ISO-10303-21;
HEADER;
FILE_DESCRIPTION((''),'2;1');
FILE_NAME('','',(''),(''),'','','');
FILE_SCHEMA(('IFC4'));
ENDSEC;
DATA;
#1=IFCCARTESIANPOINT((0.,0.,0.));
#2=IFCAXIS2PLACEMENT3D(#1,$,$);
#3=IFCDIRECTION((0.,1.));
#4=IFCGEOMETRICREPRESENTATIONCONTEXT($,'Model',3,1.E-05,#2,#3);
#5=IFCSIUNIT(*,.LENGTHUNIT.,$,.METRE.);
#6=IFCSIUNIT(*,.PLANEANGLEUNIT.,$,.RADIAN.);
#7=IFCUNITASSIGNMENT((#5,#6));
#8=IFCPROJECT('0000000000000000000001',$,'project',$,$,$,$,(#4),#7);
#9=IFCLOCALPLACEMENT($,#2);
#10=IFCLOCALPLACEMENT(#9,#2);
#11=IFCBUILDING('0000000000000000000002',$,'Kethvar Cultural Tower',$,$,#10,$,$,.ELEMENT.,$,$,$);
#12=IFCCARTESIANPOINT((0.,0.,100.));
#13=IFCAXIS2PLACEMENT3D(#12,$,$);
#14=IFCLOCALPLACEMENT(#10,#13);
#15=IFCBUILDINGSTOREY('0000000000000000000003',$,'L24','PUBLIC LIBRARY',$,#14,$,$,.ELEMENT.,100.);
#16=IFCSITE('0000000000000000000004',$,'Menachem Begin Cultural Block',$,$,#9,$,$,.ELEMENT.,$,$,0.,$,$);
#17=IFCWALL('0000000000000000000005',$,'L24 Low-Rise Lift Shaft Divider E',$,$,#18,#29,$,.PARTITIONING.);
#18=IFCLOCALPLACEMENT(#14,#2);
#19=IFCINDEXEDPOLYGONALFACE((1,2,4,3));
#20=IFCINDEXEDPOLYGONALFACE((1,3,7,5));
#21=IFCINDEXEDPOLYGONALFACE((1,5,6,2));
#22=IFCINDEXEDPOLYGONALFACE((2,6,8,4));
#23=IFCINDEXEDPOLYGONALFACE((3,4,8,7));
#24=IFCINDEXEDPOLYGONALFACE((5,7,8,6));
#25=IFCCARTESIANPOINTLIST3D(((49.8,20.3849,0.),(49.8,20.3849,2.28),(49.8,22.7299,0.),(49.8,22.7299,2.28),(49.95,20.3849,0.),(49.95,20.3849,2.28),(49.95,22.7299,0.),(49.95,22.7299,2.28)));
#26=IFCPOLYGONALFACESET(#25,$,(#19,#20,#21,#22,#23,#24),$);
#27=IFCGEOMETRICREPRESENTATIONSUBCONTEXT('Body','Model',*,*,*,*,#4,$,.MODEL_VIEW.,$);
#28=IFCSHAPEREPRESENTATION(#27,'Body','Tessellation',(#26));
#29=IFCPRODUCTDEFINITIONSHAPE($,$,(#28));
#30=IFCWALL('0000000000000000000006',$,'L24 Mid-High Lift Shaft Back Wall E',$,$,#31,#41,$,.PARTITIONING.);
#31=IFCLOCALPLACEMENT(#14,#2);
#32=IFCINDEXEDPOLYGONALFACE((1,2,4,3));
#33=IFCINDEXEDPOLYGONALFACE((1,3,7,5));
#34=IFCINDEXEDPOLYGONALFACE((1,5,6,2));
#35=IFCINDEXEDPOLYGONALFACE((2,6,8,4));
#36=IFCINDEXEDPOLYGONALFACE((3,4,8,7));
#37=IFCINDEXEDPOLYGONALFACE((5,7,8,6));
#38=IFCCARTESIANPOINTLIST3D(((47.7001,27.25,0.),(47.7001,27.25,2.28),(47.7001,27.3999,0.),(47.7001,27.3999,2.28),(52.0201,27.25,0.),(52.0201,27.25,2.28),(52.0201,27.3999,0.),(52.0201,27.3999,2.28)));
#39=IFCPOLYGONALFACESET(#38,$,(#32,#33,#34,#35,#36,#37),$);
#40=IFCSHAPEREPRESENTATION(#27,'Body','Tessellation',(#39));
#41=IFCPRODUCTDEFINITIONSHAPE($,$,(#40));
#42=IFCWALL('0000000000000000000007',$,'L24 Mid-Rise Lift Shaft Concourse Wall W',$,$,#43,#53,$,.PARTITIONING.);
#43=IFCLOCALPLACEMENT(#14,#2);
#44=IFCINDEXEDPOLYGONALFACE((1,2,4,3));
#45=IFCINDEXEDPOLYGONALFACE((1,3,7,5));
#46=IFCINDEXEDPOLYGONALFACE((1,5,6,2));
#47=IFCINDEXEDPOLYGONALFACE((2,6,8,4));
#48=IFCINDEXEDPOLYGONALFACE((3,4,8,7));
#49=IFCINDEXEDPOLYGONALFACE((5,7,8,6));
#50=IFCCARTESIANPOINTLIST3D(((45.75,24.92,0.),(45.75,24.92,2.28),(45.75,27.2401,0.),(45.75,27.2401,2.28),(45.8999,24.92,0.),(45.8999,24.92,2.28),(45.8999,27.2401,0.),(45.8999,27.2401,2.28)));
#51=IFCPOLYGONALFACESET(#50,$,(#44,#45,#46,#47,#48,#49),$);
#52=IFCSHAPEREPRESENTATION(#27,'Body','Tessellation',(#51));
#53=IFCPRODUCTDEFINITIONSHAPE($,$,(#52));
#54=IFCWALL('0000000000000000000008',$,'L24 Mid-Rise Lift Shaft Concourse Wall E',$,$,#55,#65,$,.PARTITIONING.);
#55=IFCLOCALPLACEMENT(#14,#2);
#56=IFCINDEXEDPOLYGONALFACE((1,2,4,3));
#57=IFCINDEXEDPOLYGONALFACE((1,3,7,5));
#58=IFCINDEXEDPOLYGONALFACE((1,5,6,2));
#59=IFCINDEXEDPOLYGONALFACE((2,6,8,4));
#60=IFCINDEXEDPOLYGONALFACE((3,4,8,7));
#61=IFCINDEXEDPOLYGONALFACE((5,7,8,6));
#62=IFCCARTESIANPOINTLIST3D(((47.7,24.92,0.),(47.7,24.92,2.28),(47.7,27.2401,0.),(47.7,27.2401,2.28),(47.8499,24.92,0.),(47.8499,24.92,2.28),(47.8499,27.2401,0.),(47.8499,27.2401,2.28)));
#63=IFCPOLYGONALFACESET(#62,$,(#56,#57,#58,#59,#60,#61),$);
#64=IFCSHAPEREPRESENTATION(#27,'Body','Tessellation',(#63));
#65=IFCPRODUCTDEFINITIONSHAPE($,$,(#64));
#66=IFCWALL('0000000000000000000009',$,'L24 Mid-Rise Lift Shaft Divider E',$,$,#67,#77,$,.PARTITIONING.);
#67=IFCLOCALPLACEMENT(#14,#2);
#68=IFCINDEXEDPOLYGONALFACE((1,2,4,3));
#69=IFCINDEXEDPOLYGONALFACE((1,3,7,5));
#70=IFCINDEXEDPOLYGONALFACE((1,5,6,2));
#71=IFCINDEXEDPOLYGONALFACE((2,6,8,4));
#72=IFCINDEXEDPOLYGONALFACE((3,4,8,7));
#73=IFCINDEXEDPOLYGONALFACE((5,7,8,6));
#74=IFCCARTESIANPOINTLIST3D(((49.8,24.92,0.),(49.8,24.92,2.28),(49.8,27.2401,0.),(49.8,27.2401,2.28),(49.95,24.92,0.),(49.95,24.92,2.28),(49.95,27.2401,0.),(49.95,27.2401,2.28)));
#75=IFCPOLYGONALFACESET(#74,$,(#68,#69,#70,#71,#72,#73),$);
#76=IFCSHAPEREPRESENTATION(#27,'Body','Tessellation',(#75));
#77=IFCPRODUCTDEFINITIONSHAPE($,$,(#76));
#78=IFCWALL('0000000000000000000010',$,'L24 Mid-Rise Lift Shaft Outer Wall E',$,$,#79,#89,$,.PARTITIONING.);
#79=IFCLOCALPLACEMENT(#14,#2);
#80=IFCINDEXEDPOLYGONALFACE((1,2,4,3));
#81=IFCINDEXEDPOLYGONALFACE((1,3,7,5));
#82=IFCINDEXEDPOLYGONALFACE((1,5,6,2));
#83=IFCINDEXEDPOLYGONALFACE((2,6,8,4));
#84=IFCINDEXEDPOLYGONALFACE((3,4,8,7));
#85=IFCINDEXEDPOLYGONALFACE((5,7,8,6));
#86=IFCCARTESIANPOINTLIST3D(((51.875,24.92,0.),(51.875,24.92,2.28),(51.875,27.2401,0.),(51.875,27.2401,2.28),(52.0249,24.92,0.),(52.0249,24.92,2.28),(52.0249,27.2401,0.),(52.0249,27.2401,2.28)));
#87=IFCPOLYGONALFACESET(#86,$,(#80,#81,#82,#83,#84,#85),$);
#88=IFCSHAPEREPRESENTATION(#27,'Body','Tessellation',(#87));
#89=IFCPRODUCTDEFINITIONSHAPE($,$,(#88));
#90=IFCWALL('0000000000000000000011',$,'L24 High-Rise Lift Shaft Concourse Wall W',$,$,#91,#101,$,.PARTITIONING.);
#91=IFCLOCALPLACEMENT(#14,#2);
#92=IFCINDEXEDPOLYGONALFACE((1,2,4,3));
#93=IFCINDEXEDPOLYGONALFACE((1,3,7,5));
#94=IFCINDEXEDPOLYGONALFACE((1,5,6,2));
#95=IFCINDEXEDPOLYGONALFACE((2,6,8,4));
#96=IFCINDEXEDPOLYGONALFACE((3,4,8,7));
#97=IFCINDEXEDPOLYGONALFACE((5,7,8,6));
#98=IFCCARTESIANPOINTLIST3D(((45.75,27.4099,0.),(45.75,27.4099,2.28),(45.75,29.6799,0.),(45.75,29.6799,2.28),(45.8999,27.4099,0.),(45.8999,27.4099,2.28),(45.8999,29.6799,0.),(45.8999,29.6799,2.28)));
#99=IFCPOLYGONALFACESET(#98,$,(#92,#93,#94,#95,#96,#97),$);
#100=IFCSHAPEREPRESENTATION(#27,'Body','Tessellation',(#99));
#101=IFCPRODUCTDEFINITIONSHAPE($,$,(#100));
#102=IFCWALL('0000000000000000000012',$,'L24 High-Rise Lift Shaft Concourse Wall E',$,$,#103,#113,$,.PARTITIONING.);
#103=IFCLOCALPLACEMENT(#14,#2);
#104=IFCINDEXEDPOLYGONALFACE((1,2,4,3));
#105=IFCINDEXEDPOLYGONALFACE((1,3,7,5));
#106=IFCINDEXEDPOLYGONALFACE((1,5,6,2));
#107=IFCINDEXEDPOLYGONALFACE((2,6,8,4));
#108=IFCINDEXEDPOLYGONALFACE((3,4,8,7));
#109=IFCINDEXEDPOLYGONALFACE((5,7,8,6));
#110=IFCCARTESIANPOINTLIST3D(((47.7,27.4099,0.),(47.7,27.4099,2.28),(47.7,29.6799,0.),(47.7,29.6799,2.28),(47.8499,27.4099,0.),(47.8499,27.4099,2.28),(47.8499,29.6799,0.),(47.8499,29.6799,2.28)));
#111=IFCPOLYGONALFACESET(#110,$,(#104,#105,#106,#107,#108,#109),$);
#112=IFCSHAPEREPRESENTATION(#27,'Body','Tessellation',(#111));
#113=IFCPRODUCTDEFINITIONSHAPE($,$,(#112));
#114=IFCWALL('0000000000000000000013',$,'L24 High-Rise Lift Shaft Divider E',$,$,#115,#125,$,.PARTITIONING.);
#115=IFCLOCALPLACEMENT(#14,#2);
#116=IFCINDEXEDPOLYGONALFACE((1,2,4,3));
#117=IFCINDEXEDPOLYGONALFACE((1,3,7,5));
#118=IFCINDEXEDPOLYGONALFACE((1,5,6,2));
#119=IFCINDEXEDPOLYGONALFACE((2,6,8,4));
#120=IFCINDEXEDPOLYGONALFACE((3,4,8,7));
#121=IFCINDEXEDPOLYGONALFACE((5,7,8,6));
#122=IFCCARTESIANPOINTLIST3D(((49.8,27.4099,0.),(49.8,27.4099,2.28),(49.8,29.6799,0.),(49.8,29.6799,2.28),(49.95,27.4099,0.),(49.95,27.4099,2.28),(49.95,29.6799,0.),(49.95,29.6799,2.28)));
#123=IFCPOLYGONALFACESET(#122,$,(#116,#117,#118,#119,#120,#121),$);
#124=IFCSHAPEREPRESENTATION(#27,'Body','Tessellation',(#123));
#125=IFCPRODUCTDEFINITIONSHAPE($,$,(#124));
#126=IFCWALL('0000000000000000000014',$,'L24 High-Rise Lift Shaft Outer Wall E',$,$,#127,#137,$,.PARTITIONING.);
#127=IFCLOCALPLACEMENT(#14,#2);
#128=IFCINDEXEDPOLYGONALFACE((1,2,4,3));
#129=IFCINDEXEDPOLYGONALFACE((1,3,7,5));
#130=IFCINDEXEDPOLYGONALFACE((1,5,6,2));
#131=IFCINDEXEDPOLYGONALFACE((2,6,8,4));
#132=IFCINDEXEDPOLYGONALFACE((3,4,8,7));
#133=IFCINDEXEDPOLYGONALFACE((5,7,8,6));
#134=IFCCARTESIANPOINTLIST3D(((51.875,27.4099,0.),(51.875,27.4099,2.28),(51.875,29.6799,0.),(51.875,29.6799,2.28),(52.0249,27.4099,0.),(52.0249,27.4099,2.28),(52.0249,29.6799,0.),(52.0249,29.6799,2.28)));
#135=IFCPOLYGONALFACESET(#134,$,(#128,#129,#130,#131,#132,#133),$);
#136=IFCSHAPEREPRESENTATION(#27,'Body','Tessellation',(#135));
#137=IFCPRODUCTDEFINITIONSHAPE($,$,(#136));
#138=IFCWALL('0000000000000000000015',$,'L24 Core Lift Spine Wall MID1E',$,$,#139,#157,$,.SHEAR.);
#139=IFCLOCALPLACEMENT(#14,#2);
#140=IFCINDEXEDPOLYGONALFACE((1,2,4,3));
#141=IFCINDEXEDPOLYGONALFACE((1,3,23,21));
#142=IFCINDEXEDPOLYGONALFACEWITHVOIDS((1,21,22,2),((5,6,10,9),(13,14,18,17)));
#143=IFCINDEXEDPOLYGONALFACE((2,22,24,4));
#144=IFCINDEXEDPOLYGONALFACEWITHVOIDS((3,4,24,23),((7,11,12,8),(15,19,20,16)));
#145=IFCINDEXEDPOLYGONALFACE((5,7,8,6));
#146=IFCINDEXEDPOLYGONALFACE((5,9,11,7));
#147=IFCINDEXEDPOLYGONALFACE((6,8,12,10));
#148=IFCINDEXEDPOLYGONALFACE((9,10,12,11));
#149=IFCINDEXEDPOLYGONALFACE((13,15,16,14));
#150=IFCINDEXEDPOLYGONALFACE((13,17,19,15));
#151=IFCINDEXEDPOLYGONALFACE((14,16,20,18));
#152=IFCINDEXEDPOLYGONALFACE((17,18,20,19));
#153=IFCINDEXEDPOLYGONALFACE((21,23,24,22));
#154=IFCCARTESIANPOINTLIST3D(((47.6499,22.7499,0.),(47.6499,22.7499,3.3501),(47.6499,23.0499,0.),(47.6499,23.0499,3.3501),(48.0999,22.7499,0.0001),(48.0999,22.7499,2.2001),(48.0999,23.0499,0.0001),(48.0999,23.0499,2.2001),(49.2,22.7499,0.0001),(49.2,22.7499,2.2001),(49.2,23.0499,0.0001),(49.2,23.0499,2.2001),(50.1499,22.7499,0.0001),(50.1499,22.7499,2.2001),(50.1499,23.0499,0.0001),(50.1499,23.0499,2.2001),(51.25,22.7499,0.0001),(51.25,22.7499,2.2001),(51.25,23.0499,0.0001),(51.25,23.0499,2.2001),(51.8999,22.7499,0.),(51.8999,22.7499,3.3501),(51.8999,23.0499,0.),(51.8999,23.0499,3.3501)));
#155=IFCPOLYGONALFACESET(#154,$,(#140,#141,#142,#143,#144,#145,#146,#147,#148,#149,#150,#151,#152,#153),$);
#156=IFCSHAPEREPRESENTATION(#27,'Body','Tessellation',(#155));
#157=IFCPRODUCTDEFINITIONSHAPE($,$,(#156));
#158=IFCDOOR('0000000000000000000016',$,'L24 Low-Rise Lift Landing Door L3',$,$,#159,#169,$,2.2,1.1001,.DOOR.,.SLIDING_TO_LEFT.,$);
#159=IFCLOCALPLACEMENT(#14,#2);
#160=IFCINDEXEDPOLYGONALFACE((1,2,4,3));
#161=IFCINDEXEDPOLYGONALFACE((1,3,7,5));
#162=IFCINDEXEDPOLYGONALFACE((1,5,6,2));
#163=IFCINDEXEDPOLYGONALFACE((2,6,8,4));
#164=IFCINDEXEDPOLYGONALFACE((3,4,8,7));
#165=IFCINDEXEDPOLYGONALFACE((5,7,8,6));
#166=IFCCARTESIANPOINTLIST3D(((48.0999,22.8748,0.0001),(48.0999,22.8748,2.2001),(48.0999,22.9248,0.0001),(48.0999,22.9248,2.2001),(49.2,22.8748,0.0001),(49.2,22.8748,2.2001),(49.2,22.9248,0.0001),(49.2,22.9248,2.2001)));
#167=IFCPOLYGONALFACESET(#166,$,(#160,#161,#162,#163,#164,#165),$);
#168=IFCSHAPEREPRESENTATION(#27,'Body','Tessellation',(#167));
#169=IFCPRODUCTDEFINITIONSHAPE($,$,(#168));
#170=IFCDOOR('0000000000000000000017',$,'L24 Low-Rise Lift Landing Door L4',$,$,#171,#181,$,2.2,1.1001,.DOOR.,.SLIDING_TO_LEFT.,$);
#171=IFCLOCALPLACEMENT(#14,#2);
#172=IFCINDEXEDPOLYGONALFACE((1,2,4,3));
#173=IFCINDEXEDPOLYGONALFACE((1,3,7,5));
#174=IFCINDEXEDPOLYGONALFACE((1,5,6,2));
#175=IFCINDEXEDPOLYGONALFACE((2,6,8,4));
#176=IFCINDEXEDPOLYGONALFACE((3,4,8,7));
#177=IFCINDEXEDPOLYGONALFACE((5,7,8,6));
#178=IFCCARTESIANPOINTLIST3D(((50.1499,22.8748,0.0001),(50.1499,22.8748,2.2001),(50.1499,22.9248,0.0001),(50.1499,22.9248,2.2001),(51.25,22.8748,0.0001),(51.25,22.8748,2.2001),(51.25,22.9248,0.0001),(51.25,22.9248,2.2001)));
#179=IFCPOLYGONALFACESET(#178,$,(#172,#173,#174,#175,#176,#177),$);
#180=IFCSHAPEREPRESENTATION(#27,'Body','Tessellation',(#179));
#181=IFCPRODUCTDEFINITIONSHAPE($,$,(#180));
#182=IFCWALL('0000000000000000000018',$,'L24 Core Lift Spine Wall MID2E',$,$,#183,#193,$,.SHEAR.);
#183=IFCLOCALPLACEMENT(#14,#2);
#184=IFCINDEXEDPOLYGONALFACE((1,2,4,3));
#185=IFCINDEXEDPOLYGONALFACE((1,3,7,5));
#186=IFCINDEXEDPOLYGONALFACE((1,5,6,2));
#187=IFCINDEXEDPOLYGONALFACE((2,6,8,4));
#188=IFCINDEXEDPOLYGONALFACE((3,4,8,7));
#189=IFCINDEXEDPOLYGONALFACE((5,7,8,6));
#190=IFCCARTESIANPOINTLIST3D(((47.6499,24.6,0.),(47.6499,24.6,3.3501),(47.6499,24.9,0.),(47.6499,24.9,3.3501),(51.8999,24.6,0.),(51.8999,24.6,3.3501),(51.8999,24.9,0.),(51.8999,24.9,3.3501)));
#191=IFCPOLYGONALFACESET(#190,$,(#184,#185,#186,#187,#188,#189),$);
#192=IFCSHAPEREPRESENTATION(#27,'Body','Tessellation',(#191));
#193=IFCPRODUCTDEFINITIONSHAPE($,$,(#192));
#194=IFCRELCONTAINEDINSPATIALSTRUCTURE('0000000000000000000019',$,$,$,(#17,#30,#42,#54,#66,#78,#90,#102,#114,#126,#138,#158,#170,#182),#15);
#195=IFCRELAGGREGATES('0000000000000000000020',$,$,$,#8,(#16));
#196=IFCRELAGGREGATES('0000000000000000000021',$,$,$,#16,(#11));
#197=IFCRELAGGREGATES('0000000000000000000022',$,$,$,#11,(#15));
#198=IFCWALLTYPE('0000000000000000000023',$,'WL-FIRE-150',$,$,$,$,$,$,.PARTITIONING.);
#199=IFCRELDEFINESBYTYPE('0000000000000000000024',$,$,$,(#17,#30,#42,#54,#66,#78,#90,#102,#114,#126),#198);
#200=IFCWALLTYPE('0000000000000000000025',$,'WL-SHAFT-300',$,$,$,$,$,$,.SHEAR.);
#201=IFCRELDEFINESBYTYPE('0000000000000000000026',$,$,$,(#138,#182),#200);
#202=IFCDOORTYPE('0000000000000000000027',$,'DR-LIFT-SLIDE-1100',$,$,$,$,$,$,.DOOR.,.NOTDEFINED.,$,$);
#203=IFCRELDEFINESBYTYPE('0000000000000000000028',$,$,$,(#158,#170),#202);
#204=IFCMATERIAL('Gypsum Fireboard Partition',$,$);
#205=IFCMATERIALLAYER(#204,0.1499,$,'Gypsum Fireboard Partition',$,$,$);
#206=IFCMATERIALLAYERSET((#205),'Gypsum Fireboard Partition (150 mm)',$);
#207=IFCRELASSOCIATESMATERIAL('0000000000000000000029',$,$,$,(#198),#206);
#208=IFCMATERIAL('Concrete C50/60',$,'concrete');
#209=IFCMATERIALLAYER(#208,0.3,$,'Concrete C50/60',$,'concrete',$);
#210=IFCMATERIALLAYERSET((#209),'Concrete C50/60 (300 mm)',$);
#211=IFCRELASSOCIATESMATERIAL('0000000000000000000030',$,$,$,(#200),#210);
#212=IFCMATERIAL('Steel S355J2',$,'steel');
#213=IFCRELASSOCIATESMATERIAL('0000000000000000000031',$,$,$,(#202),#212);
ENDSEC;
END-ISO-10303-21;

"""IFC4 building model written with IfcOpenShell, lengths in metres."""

from ifc_helpers import new_model, si_unit, direction, frame, frame_2d, origin, place, context, subcontext, project, spatial, rectangle, extrude, source, transform, mapped, material, layer, layer_set, type_object, element, fill, save


model = new_model("IFC4")

# Units and contexts
model_context = context("Model", 3, precision=1e-05, world=origin(), true_north=direction((0.0, 1.0)))
body_context = subcontext(model_context, "Body", "Model", "MODEL_VIEW")
ifc_project = project(units=[si_unit("LENGTHUNIT", "METRE"), si_unit("PLANEANGLEUNIT", "RADIAN")], contexts=[model_context])

# Site, building, storey
site_placement = place(None, origin())
site = spatial("IfcSite", under=ifc_project, at=site_placement, Name="Menachem Begin Cultural Block", CompositionType="ELEMENT", RefElevation=0.0)
building_placement = place(site_placement, origin())
building = spatial("IfcBuilding", under=site, at=building_placement, Name="Kethvar Cultural Tower", CompositionType="ELEMENT")
storey_placement = place(building_placement, frame((0.0, 0.0, 100.0)))
storey = spatial("IfcBuildingStorey", under=building, at=storey_placement, Name="L24", Description="PUBLIC LIBRARY", CompositionType="ELEMENT", Elevation=100.0)

# Shared definitions
ifc_material_1 = material(Name="Steel S355J2", Category="steel")

# Walls
ifc_material_2 = material(Name="Gypsum Fireboard Partition")
ifc_layer_1 = layer(ifc_material_2, 0.1499, Name="Gypsum Fireboard Partition")
ifc_layer_set_1 = layer_set([ifc_layer_1], Name="Gypsum Fireboard Partition (150 mm)")
wall_type_1 = type_object("IfcWallType", Name="WL-FIRE-150", PredefinedType="PARTITIONING", material=ifc_layer_set_1)
wall_1_placement = place(storey_placement, frame((49.875, 20.385, 0.0), z_axis=(0.0, 0.0, 1.0), x_axis=(0.0, 1.0, 0.0)))
element("IfcWall", 1, at=wall_1_placement, inside=storey, type_object=wall_type_1, Name="L24 Low-Rise Lift Shaft Divider E", PredefinedType="PARTITIONING", context=body_context, shape_type="SweptSolid", body=[
    extrude(rectangle(XDim=2.345, YDim=0.1499, at=frame_2d((1.1724, 0.0))), origin(), (0.0, 0.0, 1.0), 2.28),
])
wall_2_placement = place(storey_placement, frame((47.7, 27.325, 0.0), z_axis=(0.0, 0.0, 1.0), x_axis=(1.0, 0.0, 0.0)))
element("IfcWall", 2, at=wall_2_placement, inside=storey, type_object=wall_type_1, Name="L24 Mid-High Lift Shaft Back Wall E", PredefinedType="PARTITIONING", context=body_context, shape_type="SweptSolid", body=[
    extrude(rectangle(XDim=4.3201, YDim=0.1499, at=frame_2d((2.1602, 0.0))), origin(), (0.0, 0.0, 1.0), 2.28),
])
for number, where, z_axis, x_axis, name in (
    (3, (45.825, 24.9199, 0.0), (0.0, 0.0, 1.0), (0.0, 1.0, 0.0), "L24 Mid-Rise Lift Shaft Concourse Wall W"),
    (4, (47.7749, 24.9199, 0.0), (0.0, 0.0, 1.0), (0.0, 1.0, 0.0), "L24 Mid-Rise Lift Shaft Concourse Wall E"),
    (5, (49.875, 24.9199, 0.0), (0.0, 0.0, 1.0), (0.0, 1.0, 0.0), "L24 Mid-Rise Lift Shaft Divider E"),
    (6, (51.95, 24.9199, 0.0), (0.0, 0.0, 1.0), (0.0, 1.0, 0.0), "L24 Mid-Rise Lift Shaft Outer Wall E"),
):
    element("IfcWall", number, at=place(storey_placement, frame(where, z_axis=z_axis, x_axis=x_axis)), inside=storey, type_object=wall_type_1, Name=name, PredefinedType="PARTITIONING", context=body_context, shape_type="SweptSolid", body=[
        extrude(rectangle(XDim=2.3201, YDim=0.1499, at=frame_2d((1.1602, 0.0))), origin(), (0.0, 0.0, 1.0), 2.28),
    ])
for number, where, z_axis, x_axis, name in (
    (7, (45.825, 27.4099, 0.0), (0.0, 0.0, 1.0), (0.0, 1.0, 0.0), "L24 High-Rise Lift Shaft Concourse Wall W"),
    (8, (47.7749, 27.4099, 0.0), (0.0, 0.0, 1.0), (0.0, 1.0, 0.0), "L24 High-Rise Lift Shaft Concourse Wall E"),
    (9, (49.875, 27.4099, 0.0), (0.0, 0.0, 1.0), (0.0, 1.0, 0.0), "L24 High-Rise Lift Shaft Divider E"),
    (10, (51.95, 27.4099, 0.0), (0.0, 0.0, 1.0), (0.0, 1.0, 0.0), "L24 High-Rise Lift Shaft Outer Wall E"),
):
    element("IfcWall", number, at=place(storey_placement, frame(where, z_axis=z_axis, x_axis=x_axis)), inside=storey, type_object=wall_type_1, Name=name, PredefinedType="PARTITIONING", context=body_context, shape_type="SweptSolid", body=[
        extrude(rectangle(XDim=2.27, YDim=0.1499, at=frame_2d((1.135, 0.0))), origin(), (0.0, 0.0, 1.0), 2.28),
    ])

# Wall, openings, doors
ifc_material_3 = material(Name="Concrete C50/60", Category="concrete")
ifc_layer_2 = layer(ifc_material_3, 0.3, Name="Concrete C50/60", Category="concrete")
ifc_layer_set_2 = layer_set([ifc_layer_2], Name="Concrete C50/60 (300 mm)")
wall_type_2 = type_object("IfcWallType", Name="WL-SHAFT-300", PredefinedType="SHEAR", material=ifc_layer_set_2)
wall_3_placement = place(storey_placement, frame((47.6499, 22.8999, 0.0), z_axis=(0.0, 0.0, 1.0), x_axis=(1.0, 0.0, 0.0)))
wall_3 = element("IfcWall", 11, at=wall_3_placement, inside=storey, type_object=wall_type_2, Name="L24 Core Lift Spine Wall MID1E", PredefinedType="SHEAR", context=body_context, shape_type="SweptSolid", body=[
    extrude(rectangle(XDim=4.25, YDim=0.3, at=frame_2d((2.125, 0.0))), origin(), (0.0, 0.0, 1.0), 3.3501),
])
opening_1_placement = place(wall_3_placement, frame((0.45, 0.0, 0.0)))
opening_1 = element("IfcOpeningElement", 12, at=opening_1_placement, cuts=wall_3, PredefinedType="OPENING", context=body_context, shape_type="SweptSolid", body=[
    extrude(rectangle(XDim=1.1001, YDim=2.2, at=frame_2d((0.55, 1.1001))), frame((0.0, 0.1599, 0.0), z_axis=(0.0, -1.0, 0.0), x_axis=(1.0, 0.0, 0.0)), (0.0, 0.0, 1.0), 0.3201),
])
opening_2_placement = place(wall_3_placement, frame((2.5, 0.0, 0.0)))
opening_2 = element("IfcOpeningElement", 13, at=opening_2_placement, cuts=wall_3, PredefinedType="OPENING", context=body_context, shape_type="SweptSolid", body=[
    extrude(rectangle(XDim=1.1001, YDim=2.2, at=frame_2d((0.55, 1.1001))), frame((0.0, 0.1599, 0.0), z_axis=(0.0, -1.0, 0.0), x_axis=(1.0, 0.0, 0.0)), (0.0, 0.0, 1.0), 0.3201),
])
door_type = type_object("IfcDoorType", Name="DR-LIFT-SLIDE-1100", OperationType="NOTDEFINED", PredefinedType="DOOR", material=ifc_material_1)
shared_shape_1 = source(origin(), body_context, "Body", "SweptSolid", [
    extrude(rectangle(XDim=1.1001, YDim=2.2, at=frame_2d((0.55, 1.1001))), frame((0.0, 0.0249, 0.0), z_axis=(0.0, -1.0, 0.0), x_axis=(1.0, 0.0, 0.0)), (0.0, 0.0, 1.0), 0.05),
])
door_1_placement = place(opening_1_placement, origin())
door_1 = element("IfcDoor", 14, at=door_1_placement, inside=storey, type_object=door_type, Name="L24 Low-Rise Lift Landing Door L3", OperationType="SLIDING_TO_LEFT", OverallHeight=2.2, OverallWidth=1.1001, PredefinedType="DOOR", context=body_context, shape_type="MappedRepresentation", body=[
    mapped(shared_shape_1, transform((0.0, 0.0, 0.0), scale=1.0)),
])
fill(opening_1, door_1)
door_2_placement = place(opening_2_placement, origin())
door_2 = element("IfcDoor", 15, at=door_2_placement, inside=storey, type_object=door_type, Name="L24 Low-Rise Lift Landing Door L4", OperationType="SLIDING_TO_LEFT", OverallHeight=2.2, OverallWidth=1.1001, PredefinedType="DOOR", context=body_context, shape_type="MappedRepresentation", body=[
    mapped(shared_shape_1, transform((0.0, 0.0, 0.0), scale=1.0)),
])
fill(opening_2, door_2)

# Wall
wall_4_placement = place(storey_placement, frame((47.6499, 24.75, 0.0), z_axis=(0.0, 0.0, 1.0), x_axis=(1.0, 0.0, 0.0)))
element("IfcWall", 16, at=wall_4_placement, inside=storey, type_object=wall_type_2, Name="L24 Core Lift Spine Wall MID2E", PredefinedType="SHEAR", context=body_context, shape_type="SweptSolid", body=[
    extrude(rectangle(XDim=4.25, YDim=0.3, at=frame_2d((2.125, 0.0))), origin(), (0.0, 0.0, 1.0), 3.3501),
])

save(model, "model.ifc")
